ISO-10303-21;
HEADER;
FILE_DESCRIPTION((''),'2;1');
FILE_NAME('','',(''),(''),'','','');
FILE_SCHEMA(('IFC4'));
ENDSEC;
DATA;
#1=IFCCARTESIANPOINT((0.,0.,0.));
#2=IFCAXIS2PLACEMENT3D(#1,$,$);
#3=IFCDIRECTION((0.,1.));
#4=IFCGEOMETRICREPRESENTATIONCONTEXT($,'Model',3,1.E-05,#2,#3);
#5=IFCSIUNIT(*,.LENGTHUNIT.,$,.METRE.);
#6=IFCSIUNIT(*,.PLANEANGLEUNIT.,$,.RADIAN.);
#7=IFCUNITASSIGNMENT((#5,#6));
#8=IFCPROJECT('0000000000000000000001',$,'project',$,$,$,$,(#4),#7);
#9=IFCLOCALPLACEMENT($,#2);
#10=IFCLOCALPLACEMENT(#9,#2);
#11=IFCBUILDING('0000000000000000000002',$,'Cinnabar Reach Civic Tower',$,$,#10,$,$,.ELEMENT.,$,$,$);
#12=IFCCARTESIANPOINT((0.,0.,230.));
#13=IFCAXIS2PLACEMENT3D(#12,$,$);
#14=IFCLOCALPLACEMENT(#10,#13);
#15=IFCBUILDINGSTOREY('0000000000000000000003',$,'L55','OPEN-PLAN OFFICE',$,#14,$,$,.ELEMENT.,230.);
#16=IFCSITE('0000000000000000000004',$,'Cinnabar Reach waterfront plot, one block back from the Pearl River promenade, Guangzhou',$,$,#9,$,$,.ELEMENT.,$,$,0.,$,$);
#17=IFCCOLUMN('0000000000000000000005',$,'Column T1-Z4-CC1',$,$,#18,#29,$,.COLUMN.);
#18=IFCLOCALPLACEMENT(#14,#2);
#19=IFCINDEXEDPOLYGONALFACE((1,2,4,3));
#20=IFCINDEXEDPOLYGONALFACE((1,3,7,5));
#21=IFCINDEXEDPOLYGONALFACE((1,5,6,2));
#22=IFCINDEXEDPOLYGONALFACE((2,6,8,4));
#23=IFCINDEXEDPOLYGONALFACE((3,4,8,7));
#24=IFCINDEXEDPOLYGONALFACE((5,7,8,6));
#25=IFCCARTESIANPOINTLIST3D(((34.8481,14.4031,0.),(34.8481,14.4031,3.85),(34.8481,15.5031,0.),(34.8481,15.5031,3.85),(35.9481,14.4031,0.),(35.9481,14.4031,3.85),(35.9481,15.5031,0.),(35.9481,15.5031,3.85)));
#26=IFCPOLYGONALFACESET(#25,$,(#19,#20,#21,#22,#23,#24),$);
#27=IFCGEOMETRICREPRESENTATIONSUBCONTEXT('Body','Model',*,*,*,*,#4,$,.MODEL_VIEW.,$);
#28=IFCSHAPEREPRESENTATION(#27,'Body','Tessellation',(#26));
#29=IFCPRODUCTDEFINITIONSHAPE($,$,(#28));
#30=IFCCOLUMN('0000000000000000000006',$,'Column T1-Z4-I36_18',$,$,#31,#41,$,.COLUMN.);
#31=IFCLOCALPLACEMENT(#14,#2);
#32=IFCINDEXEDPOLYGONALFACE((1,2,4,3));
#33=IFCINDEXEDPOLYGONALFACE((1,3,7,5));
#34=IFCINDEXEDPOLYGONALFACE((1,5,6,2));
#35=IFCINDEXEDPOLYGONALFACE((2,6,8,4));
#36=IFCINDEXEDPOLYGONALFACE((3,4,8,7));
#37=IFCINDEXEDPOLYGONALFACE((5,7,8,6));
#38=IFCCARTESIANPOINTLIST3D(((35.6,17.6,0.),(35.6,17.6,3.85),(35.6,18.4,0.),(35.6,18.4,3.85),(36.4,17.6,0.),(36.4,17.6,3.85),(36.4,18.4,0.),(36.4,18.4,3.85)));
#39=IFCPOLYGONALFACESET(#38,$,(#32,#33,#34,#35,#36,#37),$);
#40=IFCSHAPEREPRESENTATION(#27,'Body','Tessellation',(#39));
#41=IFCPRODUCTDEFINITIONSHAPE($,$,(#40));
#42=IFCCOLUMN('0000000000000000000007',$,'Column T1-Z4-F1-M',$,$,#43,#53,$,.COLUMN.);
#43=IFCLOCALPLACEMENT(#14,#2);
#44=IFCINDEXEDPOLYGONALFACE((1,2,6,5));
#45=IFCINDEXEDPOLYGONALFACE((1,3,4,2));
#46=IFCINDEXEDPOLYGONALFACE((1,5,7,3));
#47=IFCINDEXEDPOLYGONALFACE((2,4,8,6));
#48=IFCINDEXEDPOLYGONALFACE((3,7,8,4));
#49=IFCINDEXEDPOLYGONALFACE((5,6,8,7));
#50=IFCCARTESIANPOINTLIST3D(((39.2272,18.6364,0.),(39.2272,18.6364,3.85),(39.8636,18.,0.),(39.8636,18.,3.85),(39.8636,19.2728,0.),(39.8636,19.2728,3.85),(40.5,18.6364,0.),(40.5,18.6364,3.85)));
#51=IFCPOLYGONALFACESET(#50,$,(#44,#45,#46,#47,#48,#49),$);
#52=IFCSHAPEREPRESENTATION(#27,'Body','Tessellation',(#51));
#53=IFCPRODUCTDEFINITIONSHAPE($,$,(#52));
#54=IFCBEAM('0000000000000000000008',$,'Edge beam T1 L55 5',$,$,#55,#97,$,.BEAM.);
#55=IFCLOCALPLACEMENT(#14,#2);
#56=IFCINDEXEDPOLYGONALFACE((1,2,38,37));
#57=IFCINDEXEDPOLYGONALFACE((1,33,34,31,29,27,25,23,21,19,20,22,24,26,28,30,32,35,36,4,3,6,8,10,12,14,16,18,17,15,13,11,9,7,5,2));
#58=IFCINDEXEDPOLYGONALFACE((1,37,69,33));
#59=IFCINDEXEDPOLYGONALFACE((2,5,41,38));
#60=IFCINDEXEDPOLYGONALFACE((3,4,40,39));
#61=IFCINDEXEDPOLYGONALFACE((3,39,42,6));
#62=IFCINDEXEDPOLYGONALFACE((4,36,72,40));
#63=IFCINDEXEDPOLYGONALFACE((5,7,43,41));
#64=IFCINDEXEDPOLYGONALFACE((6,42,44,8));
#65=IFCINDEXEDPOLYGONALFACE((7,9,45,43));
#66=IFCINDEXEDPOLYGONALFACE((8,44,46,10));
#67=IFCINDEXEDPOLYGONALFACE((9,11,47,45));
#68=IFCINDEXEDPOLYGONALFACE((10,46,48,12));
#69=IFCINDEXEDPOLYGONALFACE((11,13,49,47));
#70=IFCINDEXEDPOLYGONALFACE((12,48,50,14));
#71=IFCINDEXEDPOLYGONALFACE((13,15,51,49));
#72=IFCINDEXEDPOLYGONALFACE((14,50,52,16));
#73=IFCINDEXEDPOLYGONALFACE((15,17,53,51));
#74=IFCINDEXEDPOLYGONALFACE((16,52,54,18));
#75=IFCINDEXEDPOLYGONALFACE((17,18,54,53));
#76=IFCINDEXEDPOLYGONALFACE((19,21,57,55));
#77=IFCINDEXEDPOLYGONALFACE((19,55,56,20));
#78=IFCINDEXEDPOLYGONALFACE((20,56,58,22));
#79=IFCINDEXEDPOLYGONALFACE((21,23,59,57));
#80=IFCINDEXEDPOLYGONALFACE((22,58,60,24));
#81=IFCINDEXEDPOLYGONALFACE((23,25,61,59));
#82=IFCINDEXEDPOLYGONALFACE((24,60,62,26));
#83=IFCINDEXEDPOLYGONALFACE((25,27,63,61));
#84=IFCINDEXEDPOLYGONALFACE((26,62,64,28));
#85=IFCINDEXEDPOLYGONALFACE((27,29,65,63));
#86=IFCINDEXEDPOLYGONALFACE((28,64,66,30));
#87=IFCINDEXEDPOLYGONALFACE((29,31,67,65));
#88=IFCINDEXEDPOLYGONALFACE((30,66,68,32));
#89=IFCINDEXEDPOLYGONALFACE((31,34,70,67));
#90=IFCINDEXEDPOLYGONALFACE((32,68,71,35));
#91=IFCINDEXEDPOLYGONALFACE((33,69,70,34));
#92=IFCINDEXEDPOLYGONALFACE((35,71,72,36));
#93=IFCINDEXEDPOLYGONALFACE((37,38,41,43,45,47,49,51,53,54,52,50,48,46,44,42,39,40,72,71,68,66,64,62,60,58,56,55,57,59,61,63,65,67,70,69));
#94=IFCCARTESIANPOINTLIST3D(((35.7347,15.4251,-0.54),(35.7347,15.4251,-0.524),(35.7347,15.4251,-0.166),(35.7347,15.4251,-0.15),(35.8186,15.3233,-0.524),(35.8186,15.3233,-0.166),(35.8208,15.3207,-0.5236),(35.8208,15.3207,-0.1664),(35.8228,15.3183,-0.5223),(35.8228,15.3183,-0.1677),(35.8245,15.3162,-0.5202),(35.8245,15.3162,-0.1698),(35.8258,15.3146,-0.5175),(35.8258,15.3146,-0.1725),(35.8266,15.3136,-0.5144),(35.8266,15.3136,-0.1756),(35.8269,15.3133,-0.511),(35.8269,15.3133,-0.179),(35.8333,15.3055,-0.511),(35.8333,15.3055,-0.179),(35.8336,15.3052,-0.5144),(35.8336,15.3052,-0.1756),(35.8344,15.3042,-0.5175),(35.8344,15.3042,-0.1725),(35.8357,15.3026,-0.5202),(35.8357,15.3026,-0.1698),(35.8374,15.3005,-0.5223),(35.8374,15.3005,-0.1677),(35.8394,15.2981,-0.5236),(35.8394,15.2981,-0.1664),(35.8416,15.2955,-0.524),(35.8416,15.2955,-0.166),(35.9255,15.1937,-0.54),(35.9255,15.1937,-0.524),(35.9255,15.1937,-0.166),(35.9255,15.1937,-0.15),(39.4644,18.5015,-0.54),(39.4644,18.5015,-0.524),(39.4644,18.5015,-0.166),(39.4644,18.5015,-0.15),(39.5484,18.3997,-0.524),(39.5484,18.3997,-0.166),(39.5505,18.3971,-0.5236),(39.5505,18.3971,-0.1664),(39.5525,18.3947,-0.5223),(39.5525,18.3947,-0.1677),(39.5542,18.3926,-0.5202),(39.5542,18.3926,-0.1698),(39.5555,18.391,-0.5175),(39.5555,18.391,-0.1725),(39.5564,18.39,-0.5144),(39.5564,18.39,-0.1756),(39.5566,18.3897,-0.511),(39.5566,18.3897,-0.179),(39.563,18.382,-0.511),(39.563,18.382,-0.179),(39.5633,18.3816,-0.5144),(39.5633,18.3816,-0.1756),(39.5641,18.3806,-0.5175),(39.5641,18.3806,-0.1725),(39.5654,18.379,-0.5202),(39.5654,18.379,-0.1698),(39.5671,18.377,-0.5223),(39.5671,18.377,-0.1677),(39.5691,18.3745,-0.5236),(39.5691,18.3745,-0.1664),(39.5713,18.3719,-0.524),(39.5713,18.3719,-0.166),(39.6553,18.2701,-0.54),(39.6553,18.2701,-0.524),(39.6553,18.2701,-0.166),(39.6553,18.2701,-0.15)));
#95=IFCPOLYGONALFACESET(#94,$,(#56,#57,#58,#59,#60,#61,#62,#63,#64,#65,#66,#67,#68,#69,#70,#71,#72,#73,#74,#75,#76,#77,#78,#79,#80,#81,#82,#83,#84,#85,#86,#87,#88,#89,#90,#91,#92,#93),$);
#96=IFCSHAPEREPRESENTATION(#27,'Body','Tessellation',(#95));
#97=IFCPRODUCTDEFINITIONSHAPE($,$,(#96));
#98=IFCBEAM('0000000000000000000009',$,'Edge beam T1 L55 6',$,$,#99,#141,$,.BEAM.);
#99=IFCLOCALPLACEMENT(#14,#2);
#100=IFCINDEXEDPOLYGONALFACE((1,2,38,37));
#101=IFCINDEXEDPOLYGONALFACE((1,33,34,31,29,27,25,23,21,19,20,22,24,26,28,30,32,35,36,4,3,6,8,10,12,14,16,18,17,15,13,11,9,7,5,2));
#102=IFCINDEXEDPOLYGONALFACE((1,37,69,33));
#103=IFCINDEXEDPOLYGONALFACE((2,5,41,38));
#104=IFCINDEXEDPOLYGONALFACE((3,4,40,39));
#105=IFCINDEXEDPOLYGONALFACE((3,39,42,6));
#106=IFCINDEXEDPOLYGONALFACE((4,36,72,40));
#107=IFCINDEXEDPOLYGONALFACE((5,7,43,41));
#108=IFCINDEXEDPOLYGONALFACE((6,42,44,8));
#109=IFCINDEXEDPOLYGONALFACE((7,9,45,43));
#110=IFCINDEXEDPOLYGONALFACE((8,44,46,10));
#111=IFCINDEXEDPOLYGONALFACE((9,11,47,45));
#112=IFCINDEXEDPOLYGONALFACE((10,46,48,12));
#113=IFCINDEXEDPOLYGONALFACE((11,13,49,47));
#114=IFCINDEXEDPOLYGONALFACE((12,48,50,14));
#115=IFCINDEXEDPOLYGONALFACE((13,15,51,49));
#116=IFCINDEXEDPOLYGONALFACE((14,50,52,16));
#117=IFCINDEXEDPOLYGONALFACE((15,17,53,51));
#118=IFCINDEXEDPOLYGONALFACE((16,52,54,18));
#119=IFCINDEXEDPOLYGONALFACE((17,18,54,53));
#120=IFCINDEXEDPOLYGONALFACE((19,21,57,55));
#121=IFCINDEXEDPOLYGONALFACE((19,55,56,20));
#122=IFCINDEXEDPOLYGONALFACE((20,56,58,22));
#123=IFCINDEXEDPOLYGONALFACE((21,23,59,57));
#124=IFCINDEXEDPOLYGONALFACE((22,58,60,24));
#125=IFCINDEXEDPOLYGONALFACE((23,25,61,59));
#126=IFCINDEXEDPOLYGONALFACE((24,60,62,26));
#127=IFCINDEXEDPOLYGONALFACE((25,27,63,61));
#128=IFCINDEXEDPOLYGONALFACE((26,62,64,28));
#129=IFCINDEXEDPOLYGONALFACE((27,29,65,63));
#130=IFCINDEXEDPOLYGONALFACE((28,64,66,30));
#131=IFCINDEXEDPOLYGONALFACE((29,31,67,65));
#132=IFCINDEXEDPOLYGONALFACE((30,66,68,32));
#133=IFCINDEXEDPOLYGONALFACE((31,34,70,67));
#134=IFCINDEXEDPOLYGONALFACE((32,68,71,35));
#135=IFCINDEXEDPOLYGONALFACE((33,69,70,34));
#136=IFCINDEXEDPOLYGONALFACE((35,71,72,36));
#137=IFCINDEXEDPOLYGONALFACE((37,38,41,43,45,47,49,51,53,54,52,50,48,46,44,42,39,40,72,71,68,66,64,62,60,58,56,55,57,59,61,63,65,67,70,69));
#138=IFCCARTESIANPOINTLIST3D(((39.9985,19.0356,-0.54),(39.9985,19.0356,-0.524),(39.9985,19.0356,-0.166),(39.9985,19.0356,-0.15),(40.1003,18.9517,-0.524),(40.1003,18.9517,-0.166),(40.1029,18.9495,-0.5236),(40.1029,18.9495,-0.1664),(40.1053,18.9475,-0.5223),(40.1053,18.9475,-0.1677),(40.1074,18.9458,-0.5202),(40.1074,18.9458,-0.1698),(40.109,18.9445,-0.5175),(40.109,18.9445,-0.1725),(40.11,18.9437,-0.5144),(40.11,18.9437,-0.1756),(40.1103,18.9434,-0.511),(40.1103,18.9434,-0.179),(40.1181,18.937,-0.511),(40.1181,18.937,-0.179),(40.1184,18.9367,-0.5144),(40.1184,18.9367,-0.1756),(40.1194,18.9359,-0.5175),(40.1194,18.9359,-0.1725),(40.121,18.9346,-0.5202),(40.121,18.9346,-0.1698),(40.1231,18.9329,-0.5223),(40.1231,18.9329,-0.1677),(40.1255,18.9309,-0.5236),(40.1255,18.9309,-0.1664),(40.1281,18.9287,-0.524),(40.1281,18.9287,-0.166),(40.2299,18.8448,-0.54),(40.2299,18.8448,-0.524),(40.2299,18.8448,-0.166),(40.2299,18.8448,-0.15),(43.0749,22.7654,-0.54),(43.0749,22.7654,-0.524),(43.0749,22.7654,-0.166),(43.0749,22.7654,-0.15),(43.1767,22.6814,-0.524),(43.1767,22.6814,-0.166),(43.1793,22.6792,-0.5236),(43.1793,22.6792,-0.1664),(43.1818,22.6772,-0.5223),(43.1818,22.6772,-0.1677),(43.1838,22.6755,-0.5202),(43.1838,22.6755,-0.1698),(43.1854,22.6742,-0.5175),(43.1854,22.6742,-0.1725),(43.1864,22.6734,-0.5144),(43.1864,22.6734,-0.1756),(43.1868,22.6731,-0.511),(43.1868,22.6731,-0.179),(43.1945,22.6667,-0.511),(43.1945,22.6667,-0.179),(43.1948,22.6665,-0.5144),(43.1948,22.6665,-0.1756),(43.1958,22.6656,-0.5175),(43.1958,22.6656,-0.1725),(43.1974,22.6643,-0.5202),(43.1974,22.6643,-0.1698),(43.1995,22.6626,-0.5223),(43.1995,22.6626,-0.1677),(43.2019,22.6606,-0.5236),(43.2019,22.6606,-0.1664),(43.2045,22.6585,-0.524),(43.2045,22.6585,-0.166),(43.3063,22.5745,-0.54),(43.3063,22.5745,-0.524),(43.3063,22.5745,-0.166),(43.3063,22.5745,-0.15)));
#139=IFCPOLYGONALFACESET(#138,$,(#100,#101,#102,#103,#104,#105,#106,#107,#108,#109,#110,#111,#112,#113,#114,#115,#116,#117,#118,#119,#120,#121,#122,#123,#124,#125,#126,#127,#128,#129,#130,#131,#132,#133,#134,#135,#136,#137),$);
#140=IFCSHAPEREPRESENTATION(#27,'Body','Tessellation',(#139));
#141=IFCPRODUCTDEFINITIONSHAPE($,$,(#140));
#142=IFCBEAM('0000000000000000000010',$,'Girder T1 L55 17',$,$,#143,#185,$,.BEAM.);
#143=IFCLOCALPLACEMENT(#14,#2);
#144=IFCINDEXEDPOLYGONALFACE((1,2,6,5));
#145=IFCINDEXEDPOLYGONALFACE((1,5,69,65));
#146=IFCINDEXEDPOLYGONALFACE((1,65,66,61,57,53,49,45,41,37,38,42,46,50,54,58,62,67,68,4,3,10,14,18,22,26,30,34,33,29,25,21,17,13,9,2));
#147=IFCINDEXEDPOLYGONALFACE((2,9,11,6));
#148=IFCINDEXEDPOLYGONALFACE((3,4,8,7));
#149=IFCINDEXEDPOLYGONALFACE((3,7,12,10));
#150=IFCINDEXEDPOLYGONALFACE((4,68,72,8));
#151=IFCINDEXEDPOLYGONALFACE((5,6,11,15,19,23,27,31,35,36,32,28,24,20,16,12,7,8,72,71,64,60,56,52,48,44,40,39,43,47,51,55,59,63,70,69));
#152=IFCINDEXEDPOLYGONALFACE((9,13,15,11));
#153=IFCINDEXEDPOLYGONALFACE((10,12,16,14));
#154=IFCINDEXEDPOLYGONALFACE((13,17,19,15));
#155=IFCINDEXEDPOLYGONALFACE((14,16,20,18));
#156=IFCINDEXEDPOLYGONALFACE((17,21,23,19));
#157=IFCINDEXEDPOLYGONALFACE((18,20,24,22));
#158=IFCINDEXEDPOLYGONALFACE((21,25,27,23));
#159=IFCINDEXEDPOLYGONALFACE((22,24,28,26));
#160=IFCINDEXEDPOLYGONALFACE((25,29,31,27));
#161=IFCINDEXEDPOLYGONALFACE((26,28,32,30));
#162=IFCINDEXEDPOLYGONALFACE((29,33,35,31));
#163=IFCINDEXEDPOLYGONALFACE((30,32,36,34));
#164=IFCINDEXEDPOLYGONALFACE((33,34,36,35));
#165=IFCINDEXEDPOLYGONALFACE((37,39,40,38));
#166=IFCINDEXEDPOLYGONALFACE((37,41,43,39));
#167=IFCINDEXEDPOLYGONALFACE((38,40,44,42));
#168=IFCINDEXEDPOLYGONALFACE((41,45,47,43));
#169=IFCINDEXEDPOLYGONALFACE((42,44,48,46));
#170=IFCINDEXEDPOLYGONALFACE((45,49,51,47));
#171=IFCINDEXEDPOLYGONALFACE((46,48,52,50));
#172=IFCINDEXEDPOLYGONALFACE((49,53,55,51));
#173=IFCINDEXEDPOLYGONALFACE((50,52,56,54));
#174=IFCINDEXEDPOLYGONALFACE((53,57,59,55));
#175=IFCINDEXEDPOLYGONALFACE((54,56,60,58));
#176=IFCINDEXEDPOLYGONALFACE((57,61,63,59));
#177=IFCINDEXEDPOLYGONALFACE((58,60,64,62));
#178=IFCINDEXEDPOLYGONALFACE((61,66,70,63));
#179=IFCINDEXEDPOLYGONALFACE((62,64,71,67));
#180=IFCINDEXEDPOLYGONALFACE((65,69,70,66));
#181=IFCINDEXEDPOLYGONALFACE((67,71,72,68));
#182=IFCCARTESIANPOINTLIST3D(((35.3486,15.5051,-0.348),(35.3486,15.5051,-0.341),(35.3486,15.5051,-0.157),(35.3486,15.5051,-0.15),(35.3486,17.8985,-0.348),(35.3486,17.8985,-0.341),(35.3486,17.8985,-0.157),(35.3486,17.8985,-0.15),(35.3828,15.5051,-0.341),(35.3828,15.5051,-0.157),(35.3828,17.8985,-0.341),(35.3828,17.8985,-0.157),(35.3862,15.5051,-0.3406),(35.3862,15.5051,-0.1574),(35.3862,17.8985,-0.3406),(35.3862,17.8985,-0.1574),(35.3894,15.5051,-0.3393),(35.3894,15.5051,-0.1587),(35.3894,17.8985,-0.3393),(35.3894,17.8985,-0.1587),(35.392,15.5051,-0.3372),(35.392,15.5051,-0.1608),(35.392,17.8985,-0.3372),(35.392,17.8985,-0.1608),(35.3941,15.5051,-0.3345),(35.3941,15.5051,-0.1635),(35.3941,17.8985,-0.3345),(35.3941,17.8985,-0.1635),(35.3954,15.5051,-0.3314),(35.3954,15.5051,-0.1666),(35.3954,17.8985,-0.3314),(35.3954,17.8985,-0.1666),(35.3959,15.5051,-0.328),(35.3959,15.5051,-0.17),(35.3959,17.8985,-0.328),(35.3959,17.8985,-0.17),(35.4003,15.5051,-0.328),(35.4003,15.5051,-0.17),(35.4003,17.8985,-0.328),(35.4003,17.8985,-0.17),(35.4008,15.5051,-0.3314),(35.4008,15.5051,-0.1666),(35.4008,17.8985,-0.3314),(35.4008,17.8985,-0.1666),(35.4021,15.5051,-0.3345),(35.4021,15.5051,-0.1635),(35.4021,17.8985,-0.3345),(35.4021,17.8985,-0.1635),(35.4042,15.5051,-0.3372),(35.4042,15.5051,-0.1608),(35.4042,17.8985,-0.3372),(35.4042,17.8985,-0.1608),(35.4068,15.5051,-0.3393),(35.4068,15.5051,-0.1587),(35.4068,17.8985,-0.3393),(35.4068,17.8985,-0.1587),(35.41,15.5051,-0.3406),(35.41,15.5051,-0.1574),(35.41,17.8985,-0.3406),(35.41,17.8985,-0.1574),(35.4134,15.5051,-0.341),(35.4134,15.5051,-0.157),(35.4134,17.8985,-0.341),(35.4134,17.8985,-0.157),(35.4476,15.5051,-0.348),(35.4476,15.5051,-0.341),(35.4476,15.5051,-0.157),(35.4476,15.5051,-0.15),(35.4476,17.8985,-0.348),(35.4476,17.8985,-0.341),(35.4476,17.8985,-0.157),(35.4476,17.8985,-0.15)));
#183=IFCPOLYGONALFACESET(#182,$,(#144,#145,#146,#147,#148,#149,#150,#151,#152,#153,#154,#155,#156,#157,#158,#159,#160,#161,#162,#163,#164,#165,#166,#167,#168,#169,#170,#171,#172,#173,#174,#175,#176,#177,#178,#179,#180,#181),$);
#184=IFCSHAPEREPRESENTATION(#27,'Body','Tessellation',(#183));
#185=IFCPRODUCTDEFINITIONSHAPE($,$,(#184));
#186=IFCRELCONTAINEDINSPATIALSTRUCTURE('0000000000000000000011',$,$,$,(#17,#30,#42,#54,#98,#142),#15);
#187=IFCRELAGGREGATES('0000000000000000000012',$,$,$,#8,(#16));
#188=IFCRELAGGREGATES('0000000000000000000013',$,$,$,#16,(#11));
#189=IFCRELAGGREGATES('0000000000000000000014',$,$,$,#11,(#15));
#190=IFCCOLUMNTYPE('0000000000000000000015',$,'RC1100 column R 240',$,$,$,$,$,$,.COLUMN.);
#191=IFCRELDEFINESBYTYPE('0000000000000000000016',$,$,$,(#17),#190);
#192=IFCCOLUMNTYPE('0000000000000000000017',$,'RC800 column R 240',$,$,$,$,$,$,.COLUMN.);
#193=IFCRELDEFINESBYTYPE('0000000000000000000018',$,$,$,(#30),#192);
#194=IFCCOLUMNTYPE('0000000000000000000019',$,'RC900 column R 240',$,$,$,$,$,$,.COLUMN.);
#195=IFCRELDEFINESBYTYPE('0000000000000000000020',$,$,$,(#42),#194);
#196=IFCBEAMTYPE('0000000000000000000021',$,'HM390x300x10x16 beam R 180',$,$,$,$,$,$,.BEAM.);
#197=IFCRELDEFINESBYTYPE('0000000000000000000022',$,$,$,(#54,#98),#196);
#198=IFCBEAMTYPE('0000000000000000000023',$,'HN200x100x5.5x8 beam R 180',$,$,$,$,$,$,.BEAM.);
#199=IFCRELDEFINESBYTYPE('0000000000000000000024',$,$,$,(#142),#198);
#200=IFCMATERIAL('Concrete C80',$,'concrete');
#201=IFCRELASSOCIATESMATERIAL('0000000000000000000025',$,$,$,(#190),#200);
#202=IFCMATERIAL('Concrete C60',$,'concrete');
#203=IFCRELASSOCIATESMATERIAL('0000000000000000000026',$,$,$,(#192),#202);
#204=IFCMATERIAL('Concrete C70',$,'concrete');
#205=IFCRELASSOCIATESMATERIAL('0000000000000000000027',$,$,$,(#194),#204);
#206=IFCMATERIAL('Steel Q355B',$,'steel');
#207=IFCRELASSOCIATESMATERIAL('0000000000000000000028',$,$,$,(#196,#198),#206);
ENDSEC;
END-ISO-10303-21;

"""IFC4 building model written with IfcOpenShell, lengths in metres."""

from ifc_helpers import new_model, si_unit, direction, frame, origin, origin_2d, place, context, subcontext, project, spatial, rectangle, i_section, extrude, material, material_profile, profile_set, type_object, element, save


model = new_model("IFC4")

# Units and contexts
model_context = context("Model", 3, precision=1e-05, world=origin(), true_north=direction((0.0, 1.0)))
body_context = subcontext(model_context, "Body", "Model", "MODEL_VIEW")
ifc_project = project(units=[si_unit("LENGTHUNIT", "METRE"), si_unit("PLANEANGLEUNIT", "RADIAN")], contexts=[model_context])

# Site, building, storey
site_placement = place(None, origin())
site = spatial("IfcSite", under=ifc_project, at=site_placement, Name="Cinnabar Reach waterfront plot, one block back from the Pearl River promenade, Guangzhou", CompositionType="ELEMENT", RefElevation=0.0)
building_placement = place(site_placement, origin())
building = spatial("IfcBuilding", under=site, at=building_placement, Name="Cinnabar Reach Civic Tower", CompositionType="ELEMENT")
storey_placement = place(building_placement, frame((0.0, 0.0, 230.0)))
storey = spatial("IfcBuildingStorey", under=building, at=storey_placement, Name="L55", Description="OPEN-PLAN OFFICE", CompositionType="ELEMENT", Elevation=230.0)

# Columns
ifc_material_1 = material(Name="Concrete C80", Category="concrete")
ifc_material_profile_1 = material_profile(ifc_material_1, rectangle(XDim=1.1, YDim=1.1, at=origin_2d()), Name="RC1100")
ifc_profile_set_1 = profile_set([ifc_material_profile_1], Name="Concrete C80")
column_type_1 = type_object("IfcColumnType", Name="RC1100 column R 240", PredefinedType="COLUMN", material=ifc_profile_set_1)
column_1_placement = place(storey_placement, frame((35.3981, 14.9531, 0.0), z_axis=(0.0, 0.0, 1.0), x_axis=(1.0, 0.0, 0.0)))
element("IfcColumn", 1, at=column_1_placement, inside=storey, type_object=column_type_1, Name="Column T1-Z4-CC1", PredefinedType="COLUMN", context=body_context, shape_type="SweptSolid", body=[
    extrude(rectangle(XDim=1.1, YDim=1.1, at=origin_2d()), origin(), (0.0, 0.0, 1.0), 3.85),
])
ifc_material_2 = material(Name="Concrete C60", Category="concrete")
ifc_material_profile_2 = material_profile(ifc_material_2, rectangle(XDim=0.8, YDim=0.8, at=origin_2d()), Name="RC800")
ifc_profile_set_2 = profile_set([ifc_material_profile_2], Name="Concrete C60")
column_type_2 = type_object("IfcColumnType", Name="RC800 column R 240", PredefinedType="COLUMN", material=ifc_profile_set_2)
column_2_placement = place(storey_placement, frame((36.0, 18.0, 0.0), z_axis=(0.0, 0.0, 1.0), x_axis=(1.0, 0.0, 0.0)))
element("IfcColumn", 2, at=column_2_placement, inside=storey, type_object=column_type_2, Name="Column T1-Z4-I36_18", PredefinedType="COLUMN", context=body_context, shape_type="SweptSolid", body=[
    extrude(rectangle(XDim=0.8, YDim=0.8, at=origin_2d()), origin(), (0.0, 0.0, 1.0), 3.85),
])
ifc_material_3 = material(Name="Concrete C70", Category="concrete")
ifc_material_profile_3 = material_profile(ifc_material_3, rectangle(XDim=0.9, YDim=0.9, at=origin_2d()), Name="RC900")
ifc_profile_set_3 = profile_set([ifc_material_profile_3], Name="Concrete C70")
column_type_3 = type_object("IfcColumnType", Name="RC900 column R 240", PredefinedType="COLUMN", material=ifc_profile_set_3)
column_3_placement = place(storey_placement, frame((39.8636, 18.6364, 0.0), z_axis=(0.0, 0.0, 1.0), x_axis=(0.707107, 0.707107, 0.0)))
element("IfcColumn", 3, at=column_3_placement, inside=storey, type_object=column_type_3, Name="Column T1-Z4-F1-M", PredefinedType="COLUMN", context=body_context, shape_type="SweptSolid", body=[
    extrude(rectangle(XDim=0.9, YDim=0.9, at=origin_2d()), origin(), (0.0, 0.0, 1.0), 3.85),
])

# Beams
ifc_material_4 = material(Name="Steel Q355B", Category="steel")
ifc_material_profile_4 = material_profile(ifc_material_4, i_section(OverallWidth=0.3, OverallDepth=0.39, WebThickness=0.01, FlangeThickness=0.016, FilletRadius=0.013, at=origin_2d()), Name="HM390x300x10x16")
ifc_profile_set_4 = profile_set([ifc_material_profile_4], Name="Steel Q355B")
beam_type_1 = type_object("IfcBeamType", Name="HM390x300x10x16 beam R 180", PredefinedType="BEAM", material=ifc_profile_set_4)
for number, where, z_axis, x_axis, name in (
    (4, (35.8301, 15.3094, -0.345), (0.771434, 0.636309, 0.0), (-0.636309, 0.771434, 0.0), "Edge beam T1 L55 5"),
    (5, (40.1142, 18.9402, -0.345), (0.636309, 0.771434, 0.0), (-0.771434, 0.636309, 0.0), "Edge beam T1 L55 6"),
):
    element("IfcBeam", number, at=place(storey_placement, frame(where, z_axis=z_axis, x_axis=x_axis)), inside=storey, type_object=beam_type_1, Name=name, PredefinedType="BEAM", context=body_context, shape_type="SweptSolid", body=[
        extrude(i_section(OverallWidth=0.3, OverallDepth=0.39, WebThickness=0.01, FlangeThickness=0.016, FilletRadius=0.013, at=origin_2d()), origin(), (0.0, 0.0, 1.0), 4.8348),
    ])
ifc_material_profile_5 = material_profile(ifc_material_4, i_section(OverallWidth=0.099, OverallDepth=0.198, WebThickness=0.0045, FlangeThickness=0.007, FilletRadius=0.013, at=origin_2d()), Name="HN200x100x5.5x8")
ifc_profile_set_5 = profile_set([ifc_material_profile_5], Name="Steel Q355B")
beam_type_2 = type_object("IfcBeamType", Name="HN200x100x5.5x8 beam R 180", PredefinedType="BEAM", material=ifc_profile_set_5)
beam_1_placement = place(storey_placement, frame((35.3981, 15.5051, -0.249), z_axis=(0.0, 1.0, 0.0), x_axis=(-1.0, 0.0, 0.0)))
element("IfcBeam", 6, at=beam_1_placement, inside=storey, type_object=beam_type_2, Name="Girder T1 L55 17", PredefinedType="BEAM", context=body_context, shape_type="SweptSolid", body=[
    extrude(i_section(OverallWidth=0.099, OverallDepth=0.198, WebThickness=0.0045, FlangeThickness=0.007, FilletRadius=0.013, at=origin_2d()), origin(), (0.0, 0.0, 1.0), 2.3934),
])

save(model, "model.ifc")
